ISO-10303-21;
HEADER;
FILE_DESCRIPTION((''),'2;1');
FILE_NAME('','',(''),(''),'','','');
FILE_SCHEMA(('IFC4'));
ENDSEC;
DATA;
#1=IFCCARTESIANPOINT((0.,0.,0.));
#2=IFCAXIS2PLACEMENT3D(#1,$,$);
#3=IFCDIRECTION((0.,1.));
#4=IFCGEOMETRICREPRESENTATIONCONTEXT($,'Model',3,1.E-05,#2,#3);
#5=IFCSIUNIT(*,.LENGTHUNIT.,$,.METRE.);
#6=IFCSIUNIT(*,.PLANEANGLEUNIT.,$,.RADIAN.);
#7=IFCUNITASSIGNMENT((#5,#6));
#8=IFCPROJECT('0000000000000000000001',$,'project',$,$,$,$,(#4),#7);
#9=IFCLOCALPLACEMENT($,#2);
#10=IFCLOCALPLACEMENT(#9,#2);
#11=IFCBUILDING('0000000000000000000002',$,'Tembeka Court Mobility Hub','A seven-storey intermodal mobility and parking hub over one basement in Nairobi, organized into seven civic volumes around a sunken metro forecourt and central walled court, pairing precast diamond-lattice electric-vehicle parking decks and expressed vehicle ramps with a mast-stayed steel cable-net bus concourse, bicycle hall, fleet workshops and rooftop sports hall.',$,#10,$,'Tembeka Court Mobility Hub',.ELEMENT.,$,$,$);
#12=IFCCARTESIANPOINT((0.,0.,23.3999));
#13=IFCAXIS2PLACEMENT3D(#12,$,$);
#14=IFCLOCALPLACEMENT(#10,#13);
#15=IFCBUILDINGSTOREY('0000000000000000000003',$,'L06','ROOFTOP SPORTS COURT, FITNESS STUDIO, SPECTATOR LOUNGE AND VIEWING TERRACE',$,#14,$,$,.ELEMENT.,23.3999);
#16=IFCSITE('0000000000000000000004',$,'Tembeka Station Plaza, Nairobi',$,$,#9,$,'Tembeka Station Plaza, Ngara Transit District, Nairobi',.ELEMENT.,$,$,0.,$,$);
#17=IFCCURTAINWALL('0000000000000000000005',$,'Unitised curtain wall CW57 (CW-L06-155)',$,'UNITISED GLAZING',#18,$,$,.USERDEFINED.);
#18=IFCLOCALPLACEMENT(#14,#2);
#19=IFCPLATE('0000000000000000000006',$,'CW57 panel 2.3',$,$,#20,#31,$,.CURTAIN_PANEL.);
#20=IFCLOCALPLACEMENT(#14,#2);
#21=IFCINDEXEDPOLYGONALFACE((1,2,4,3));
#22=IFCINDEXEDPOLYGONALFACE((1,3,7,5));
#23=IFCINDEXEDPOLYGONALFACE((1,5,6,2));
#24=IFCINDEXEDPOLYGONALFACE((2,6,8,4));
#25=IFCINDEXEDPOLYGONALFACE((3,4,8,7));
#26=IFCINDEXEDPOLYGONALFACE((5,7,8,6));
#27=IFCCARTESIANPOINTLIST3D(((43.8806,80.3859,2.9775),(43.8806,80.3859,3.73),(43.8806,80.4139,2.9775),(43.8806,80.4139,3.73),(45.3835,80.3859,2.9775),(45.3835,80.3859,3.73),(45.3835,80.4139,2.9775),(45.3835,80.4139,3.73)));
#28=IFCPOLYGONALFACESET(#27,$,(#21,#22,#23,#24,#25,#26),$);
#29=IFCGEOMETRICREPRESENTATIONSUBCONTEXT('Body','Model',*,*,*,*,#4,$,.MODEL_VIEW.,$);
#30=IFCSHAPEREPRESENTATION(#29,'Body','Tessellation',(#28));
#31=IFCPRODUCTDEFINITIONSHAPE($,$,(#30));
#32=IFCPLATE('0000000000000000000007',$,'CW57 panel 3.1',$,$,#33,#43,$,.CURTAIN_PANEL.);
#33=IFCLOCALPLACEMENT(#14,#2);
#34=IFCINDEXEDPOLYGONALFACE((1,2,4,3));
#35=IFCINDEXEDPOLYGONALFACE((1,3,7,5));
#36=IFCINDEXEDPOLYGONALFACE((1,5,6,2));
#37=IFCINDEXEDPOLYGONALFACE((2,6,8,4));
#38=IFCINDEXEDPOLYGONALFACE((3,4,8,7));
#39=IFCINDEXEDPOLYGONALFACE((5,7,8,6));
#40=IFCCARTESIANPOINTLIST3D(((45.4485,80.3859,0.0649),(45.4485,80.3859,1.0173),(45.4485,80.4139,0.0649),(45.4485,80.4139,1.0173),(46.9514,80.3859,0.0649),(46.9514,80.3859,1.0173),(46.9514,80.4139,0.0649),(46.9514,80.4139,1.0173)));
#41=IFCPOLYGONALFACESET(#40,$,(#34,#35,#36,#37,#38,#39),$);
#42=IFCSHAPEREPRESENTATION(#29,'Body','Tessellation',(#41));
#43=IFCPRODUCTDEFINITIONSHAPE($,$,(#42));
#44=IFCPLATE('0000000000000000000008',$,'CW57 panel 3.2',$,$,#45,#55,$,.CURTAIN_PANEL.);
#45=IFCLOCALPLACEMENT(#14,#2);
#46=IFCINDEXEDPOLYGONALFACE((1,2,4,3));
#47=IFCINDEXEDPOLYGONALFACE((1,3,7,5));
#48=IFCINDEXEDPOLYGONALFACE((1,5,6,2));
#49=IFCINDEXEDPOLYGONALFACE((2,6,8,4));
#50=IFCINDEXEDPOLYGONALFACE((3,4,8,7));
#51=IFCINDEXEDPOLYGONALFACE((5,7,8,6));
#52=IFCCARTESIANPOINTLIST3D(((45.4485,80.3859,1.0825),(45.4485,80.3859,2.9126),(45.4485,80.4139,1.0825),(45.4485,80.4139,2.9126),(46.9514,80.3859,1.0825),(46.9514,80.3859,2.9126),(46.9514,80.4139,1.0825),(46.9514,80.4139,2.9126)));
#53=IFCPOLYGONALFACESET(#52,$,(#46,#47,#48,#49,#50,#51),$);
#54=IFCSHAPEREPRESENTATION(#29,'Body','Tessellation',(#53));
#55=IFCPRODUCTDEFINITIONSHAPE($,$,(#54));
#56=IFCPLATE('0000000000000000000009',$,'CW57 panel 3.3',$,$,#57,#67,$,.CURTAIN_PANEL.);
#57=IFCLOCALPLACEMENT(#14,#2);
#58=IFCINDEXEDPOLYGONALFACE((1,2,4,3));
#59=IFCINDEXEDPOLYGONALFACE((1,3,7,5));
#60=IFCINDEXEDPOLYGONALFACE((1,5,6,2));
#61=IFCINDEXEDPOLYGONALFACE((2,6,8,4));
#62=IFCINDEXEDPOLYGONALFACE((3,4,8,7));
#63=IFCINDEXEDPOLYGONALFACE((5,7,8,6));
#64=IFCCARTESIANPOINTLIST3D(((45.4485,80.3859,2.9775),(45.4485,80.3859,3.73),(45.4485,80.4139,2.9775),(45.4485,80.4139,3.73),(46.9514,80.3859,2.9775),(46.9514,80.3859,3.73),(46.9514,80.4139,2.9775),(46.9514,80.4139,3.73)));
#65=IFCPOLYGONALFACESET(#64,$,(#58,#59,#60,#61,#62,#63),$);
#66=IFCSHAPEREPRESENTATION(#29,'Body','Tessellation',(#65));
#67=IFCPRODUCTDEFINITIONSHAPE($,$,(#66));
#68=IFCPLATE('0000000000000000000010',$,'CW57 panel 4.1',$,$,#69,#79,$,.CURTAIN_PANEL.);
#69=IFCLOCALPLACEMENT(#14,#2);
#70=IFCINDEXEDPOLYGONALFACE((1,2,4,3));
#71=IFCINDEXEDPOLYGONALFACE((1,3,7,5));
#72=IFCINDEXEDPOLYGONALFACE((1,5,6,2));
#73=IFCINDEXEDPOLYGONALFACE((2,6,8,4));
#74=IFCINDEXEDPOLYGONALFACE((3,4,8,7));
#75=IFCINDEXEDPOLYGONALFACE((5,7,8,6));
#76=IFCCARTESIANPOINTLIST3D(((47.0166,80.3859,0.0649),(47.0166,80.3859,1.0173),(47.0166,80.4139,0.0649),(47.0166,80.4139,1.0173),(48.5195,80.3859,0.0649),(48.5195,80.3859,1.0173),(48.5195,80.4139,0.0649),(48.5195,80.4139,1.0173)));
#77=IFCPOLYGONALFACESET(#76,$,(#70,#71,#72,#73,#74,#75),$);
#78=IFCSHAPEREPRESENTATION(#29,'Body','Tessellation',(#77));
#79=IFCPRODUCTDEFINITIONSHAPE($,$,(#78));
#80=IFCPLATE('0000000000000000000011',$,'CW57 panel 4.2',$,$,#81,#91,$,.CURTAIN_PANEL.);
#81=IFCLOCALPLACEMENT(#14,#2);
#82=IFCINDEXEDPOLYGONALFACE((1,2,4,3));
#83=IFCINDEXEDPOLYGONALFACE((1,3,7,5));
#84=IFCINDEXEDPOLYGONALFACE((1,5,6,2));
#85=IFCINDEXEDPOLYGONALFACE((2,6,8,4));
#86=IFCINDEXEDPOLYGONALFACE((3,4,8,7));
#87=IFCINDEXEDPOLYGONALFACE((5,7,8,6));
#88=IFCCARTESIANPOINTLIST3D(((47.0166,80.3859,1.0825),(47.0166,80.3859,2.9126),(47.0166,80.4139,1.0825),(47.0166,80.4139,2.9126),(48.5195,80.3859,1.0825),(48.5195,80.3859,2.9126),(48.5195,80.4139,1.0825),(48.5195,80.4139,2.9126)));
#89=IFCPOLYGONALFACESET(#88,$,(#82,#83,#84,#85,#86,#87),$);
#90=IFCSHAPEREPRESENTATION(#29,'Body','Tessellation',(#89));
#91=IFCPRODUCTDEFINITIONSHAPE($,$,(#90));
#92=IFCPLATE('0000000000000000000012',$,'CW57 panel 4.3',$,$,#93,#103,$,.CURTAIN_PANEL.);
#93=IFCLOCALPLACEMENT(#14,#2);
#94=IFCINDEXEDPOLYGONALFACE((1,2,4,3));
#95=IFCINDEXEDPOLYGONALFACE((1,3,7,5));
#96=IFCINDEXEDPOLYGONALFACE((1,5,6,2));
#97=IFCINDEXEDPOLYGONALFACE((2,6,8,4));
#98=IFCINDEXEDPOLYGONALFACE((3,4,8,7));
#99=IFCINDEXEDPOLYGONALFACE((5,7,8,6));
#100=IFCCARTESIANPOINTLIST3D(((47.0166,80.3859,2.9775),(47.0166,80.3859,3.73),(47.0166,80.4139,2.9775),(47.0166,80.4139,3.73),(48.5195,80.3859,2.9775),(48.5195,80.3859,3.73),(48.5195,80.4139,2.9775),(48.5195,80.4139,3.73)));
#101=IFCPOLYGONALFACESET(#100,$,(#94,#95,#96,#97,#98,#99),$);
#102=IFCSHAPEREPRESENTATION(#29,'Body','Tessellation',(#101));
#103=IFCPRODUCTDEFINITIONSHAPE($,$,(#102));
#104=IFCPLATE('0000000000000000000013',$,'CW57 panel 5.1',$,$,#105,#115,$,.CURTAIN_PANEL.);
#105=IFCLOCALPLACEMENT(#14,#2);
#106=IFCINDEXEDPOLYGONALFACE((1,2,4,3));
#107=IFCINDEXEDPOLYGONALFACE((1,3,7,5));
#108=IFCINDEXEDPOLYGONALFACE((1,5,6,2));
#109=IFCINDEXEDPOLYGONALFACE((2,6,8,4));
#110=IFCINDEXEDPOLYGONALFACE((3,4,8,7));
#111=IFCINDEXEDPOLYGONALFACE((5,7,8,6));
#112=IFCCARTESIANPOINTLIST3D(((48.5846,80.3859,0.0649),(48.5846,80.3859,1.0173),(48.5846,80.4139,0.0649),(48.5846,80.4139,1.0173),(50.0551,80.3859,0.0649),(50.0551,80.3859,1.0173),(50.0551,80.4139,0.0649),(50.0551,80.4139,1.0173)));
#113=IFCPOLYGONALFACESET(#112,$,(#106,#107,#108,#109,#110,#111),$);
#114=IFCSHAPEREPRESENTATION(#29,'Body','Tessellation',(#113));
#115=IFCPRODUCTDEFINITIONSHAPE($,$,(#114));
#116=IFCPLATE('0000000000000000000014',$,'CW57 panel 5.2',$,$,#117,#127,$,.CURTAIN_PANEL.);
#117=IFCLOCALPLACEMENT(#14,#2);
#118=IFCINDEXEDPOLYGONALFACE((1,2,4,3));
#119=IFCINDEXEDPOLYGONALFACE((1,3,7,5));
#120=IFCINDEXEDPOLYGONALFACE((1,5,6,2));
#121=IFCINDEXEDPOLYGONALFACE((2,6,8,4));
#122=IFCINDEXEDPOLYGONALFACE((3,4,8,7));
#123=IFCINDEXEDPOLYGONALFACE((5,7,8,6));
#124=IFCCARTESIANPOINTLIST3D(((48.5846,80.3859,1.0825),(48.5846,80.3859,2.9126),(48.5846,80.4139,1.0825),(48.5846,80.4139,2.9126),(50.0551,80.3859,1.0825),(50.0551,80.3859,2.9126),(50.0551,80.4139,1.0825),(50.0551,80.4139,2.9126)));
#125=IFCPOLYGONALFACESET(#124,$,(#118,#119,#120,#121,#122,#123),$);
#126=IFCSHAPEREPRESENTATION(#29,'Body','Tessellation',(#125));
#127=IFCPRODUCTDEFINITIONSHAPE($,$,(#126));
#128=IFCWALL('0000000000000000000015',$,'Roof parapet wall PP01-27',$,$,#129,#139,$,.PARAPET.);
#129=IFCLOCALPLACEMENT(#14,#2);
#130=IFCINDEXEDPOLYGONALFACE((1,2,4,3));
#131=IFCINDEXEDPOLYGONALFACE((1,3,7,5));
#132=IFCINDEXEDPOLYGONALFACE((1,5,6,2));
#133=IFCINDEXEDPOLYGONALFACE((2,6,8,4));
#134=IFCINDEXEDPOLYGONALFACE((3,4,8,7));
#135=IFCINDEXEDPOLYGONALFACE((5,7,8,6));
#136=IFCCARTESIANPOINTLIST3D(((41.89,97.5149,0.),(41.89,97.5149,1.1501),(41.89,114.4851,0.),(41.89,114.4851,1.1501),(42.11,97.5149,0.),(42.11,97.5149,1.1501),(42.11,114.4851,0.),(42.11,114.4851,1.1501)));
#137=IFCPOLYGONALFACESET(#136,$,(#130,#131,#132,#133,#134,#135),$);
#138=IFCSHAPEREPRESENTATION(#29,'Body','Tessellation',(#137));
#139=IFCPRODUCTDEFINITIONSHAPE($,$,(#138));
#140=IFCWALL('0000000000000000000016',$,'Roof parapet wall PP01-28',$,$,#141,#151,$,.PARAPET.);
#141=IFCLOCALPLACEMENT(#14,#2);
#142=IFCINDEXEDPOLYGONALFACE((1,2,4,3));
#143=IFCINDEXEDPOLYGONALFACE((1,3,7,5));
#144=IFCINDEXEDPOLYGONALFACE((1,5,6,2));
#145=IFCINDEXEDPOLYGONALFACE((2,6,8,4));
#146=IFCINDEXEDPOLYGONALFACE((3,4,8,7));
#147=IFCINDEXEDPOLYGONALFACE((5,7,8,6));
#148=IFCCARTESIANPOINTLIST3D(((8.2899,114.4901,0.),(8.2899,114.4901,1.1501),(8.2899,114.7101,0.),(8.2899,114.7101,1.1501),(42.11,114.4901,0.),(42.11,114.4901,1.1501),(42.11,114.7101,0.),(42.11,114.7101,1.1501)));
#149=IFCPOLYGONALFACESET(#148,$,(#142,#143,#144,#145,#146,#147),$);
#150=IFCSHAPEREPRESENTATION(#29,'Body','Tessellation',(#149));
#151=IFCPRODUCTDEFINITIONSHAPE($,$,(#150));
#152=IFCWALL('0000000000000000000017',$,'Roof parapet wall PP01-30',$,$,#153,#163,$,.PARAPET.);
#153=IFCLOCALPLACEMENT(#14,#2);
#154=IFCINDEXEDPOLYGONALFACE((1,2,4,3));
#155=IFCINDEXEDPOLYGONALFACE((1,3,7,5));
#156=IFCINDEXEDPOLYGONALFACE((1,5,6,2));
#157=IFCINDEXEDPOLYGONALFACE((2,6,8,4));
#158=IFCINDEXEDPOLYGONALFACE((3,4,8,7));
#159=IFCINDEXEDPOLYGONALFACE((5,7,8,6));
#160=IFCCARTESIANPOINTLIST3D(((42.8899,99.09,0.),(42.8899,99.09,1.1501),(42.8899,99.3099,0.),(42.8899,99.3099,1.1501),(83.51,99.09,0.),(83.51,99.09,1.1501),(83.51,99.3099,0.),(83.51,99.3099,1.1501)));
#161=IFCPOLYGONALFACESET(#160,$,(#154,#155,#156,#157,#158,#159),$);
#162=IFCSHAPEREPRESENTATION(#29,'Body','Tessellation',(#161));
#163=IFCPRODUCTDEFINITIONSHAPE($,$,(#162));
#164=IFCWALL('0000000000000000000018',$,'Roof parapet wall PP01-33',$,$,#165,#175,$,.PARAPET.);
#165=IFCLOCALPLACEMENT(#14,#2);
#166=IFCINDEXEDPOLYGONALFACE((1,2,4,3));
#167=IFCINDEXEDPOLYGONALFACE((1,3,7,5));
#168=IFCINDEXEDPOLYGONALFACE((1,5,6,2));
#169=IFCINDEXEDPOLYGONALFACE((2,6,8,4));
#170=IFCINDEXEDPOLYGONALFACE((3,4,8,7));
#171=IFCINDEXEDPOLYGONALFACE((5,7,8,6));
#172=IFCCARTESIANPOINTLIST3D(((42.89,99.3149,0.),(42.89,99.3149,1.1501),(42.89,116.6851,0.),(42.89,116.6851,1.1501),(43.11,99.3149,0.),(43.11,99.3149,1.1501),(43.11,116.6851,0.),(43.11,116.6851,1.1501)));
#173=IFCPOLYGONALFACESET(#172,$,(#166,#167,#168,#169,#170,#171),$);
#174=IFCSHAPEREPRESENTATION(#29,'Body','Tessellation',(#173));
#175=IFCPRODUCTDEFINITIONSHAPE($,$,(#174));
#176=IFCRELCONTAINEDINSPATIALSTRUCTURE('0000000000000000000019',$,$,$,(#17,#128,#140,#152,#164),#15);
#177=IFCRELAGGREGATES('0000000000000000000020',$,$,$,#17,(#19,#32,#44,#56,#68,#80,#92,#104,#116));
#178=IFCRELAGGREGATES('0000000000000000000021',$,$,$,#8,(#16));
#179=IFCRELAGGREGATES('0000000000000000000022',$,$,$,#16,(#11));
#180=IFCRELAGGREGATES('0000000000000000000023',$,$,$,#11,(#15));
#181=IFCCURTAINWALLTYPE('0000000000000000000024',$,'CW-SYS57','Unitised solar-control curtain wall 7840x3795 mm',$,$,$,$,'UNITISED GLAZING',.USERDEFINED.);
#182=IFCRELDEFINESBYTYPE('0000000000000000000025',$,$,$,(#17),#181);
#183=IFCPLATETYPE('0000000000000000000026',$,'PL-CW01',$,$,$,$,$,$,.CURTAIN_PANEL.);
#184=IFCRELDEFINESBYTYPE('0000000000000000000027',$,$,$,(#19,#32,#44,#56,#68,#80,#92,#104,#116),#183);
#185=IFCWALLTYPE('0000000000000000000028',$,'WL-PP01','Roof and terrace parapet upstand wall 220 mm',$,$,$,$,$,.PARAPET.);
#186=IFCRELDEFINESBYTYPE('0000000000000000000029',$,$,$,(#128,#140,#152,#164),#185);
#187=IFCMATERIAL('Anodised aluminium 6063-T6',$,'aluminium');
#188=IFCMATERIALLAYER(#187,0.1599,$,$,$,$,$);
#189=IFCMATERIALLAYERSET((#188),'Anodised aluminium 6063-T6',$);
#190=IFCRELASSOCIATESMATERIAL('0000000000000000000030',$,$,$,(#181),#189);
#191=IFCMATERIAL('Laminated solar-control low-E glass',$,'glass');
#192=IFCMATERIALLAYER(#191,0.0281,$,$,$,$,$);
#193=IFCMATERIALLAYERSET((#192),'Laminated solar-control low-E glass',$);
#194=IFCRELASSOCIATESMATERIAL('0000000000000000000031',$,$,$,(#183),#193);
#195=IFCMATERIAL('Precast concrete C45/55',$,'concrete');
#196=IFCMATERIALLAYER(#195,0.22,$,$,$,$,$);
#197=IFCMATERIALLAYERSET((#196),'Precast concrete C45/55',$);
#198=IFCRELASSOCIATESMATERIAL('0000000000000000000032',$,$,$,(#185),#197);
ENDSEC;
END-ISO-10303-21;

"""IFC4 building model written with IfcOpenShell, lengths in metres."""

from ifc_helpers import new_model, si_unit, direction, frame, frame_2d, origin, origin_2d, place, context, subcontext, project, spatial, rectangle, extrude, material, layer, layer_set, type_object, element, aggregate, save


model = new_model("IFC4")

# Units and contexts
model_context = context("Model", 3, precision=1e-05, world=origin(), true_north=direction((0.0, 1.0)))
body_context = subcontext(model_context, "Body", "Model", "MODEL_VIEW")
ifc_project = project(units=[si_unit("LENGTHUNIT", "METRE"), si_unit("PLANEANGLEUNIT", "RADIAN")], contexts=[model_context])

# Site, building, storey
site_placement = place(None, origin())
site = spatial("IfcSite", under=ifc_project, at=site_placement, Name="Tembeka Station Plaza, Nairobi", LongName="Tembeka Station Plaza, Ngara Transit District, Nairobi", CompositionType="ELEMENT", RefElevation=0.0)
building_placement = place(site_placement, origin())
building = spatial("IfcBuilding", under=site, at=building_placement, Name="Tembeka Court Mobility Hub", Description="A seven-storey intermodal mobility and parking hub over one basement in Nairobi, organized into seven civic volumes around a sunken metro forecourt and central walled court, pairing precast diamond-lattice electric-vehicle parking decks and expressed vehicle ramps with a mast-stayed steel cable-net bus concourse, bicycle hall, fleet workshops and rooftop sports hall.", LongName="Tembeka Court Mobility Hub", CompositionType="ELEMENT")
storey_placement = place(building_placement, frame((0.0, 0.0, 23.3999)))
storey = spatial("IfcBuildingStorey", under=building, at=storey_placement, Name="L06", Description="ROOFTOP SPORTS COURT, FITNESS STUDIO, SPECTATOR LOUNGE AND VIEWING TERRACE", CompositionType="ELEMENT", Elevation=23.3999)

# Shared definitions
ifc_material_1 = material(Name="Precast concrete C45/55", Category="concrete")

# Curtain wall, plates
ifc_material_2 = material(Name="Anodised aluminium 6063-T6", Category="aluminium")
ifc_layer_1 = layer(ifc_material_2, 0.1599)
ifc_layer_set_1 = layer_set([ifc_layer_1], Name="Anodised aluminium 6063-T6")
curtain_wall_type = type_object("IfcCurtainWallType", Name="CW-SYS57", Description="Unitised solar-control curtain wall 7840x3795 mm", ElementType="UNITISED GLAZING", PredefinedType="USERDEFINED", material=ifc_layer_set_1)
curtain_wall_placement = place(storey_placement, origin())
curtain_wall = element("IfcCurtainWall", 1, at=curtain_wall_placement, inside=storey, type_object=curtain_wall_type, Name="Unitised curtain wall CW57 (CW-L06-155)", ObjectType="UNITISED GLAZING", PredefinedType="USERDEFINED")
ifc_material_3 = material(Name="Laminated solar-control low-E glass", Category="glass")
ifc_layer_2 = layer(ifc_material_3, 0.0281)
ifc_layer_set_2 = layer_set([ifc_layer_2], Name="Laminated solar-control low-E glass")
plate_type = type_object("IfcPlateType", Name="PL-CW01", PredefinedType="CURTAIN_PANEL", material=ifc_layer_set_2)
plate_1_placement = place(storey_placement, frame((44.6321, 80.3999, 2.9775), z_axis=(0.0, 0.0, 1.0), x_axis=(1.0, 0.0, 0.0)))
plate_1 = element("IfcPlate", 2, at=plate_1_placement, type_object=plate_type, Name="CW57 panel 2.3", PredefinedType="CURTAIN_PANEL", context=body_context, shape_type="SweptSolid", body=[
    extrude(rectangle(XDim=1.5029, YDim=0.0281, at=origin_2d()), origin(), (0.0, 0.0, 1.0), 0.7524),
])
plate_2_placement = place(storey_placement, frame((46.2, 80.3999, 0.0649), z_axis=(0.0, 0.0, 1.0), x_axis=(1.0, 0.0, 0.0)))
plate_2 = element("IfcPlate", 3, at=plate_2_placement, type_object=plate_type, Name="CW57 panel 3.1", PredefinedType="CURTAIN_PANEL", context=body_context, shape_type="SweptSolid", body=[
    extrude(rectangle(XDim=1.5029, YDim=0.0281, at=origin_2d()), origin(), (0.0, 0.0, 1.0), 0.9524),
])
plate_3_placement = place(storey_placement, frame((46.2, 80.3999, 1.0825), z_axis=(0.0, 0.0, 1.0), x_axis=(1.0, 0.0, 0.0)))
plate_3 = element("IfcPlate", 4, at=plate_3_placement, type_object=plate_type, Name="CW57 panel 3.2", PredefinedType="CURTAIN_PANEL", context=body_context, shape_type="SweptSolid", body=[
    extrude(rectangle(XDim=1.5029, YDim=0.0281, at=origin_2d()), origin(), (0.0, 0.0, 1.0), 1.8301),
])
plate_4_placement = place(storey_placement, frame((46.2, 80.3999, 2.9775), z_axis=(0.0, 0.0, 1.0), x_axis=(1.0, 0.0, 0.0)))
plate_4 = element("IfcPlate", 5, at=plate_4_placement, type_object=plate_type, Name="CW57 panel 3.3", PredefinedType="CURTAIN_PANEL", context=body_context, shape_type="SweptSolid", body=[
    extrude(rectangle(XDim=1.5029, YDim=0.0281, at=origin_2d()), origin(), (0.0, 0.0, 1.0), 0.7524),
])
plate_5_placement = place(storey_placement, frame((47.7681, 80.3999, 0.0649), z_axis=(0.0, 0.0, 1.0), x_axis=(1.0, 0.0, 0.0)))
plate_5 = element("IfcPlate", 6, at=plate_5_placement, type_object=plate_type, Name="CW57 panel 4.1", PredefinedType="CURTAIN_PANEL", context=body_context, shape_type="SweptSolid", body=[
    extrude(rectangle(XDim=1.5029, YDim=0.0281, at=origin_2d()), origin(), (0.0, 0.0, 1.0), 0.9524),
])
plate_6_placement = place(storey_placement, frame((47.7681, 80.3999, 1.0825), z_axis=(0.0, 0.0, 1.0), x_axis=(1.0, 0.0, 0.0)))
plate_6 = element("IfcPlate", 7, at=plate_6_placement, type_object=plate_type, Name="CW57 panel 4.2", PredefinedType="CURTAIN_PANEL", context=body_context, shape_type="SweptSolid", body=[
    extrude(rectangle(XDim=1.5029, YDim=0.0281, at=origin_2d()), origin(), (0.0, 0.0, 1.0), 1.8301),
])
plate_7_placement = place(storey_placement, frame((47.7681, 80.3999, 2.9775), z_axis=(0.0, 0.0, 1.0), x_axis=(1.0, 0.0, 0.0)))
plate_7 = element("IfcPlate", 8, at=plate_7_placement, type_object=plate_type, Name="CW57 panel 4.3", PredefinedType="CURTAIN_PANEL", context=body_context, shape_type="SweptSolid", body=[
    extrude(rectangle(XDim=1.5029, YDim=0.0281, at=origin_2d()), origin(), (0.0, 0.0, 1.0), 0.7524),
])
plate_8_placement = place(storey_placement, frame((49.3198, 80.3999, 0.0649), z_axis=(0.0, 0.0, 1.0), x_axis=(1.0, 0.0, 0.0)))
plate_8 = element("IfcPlate", 9, at=plate_8_placement, type_object=plate_type, Name="CW57 panel 5.1", PredefinedType="CURTAIN_PANEL", context=body_context, shape_type="SweptSolid", body=[
    extrude(rectangle(XDim=1.4705, YDim=0.0281, at=origin_2d()), origin(), (0.0, 0.0, 1.0), 0.9524),
])
plate_9_placement = place(storey_placement, frame((49.3198, 80.3999, 1.0825), z_axis=(0.0, 0.0, 1.0), x_axis=(1.0, 0.0, 0.0)))
plate_9 = element("IfcPlate", 10, at=plate_9_placement, type_object=plate_type, Name="CW57 panel 5.2", PredefinedType="CURTAIN_PANEL", context=body_context, shape_type="SweptSolid", body=[
    extrude(rectangle(XDim=1.4705, YDim=0.0281, at=origin_2d()), origin(), (0.0, 0.0, 1.0), 1.8301),
])
aggregate(curtain_wall, [plate_1, plate_2, plate_3, plate_4, plate_5, plate_6, plate_7, plate_8, plate_9])

# Walls
ifc_layer_3 = layer(ifc_material_1, 0.22)
ifc_layer_set_3 = layer_set([ifc_layer_3], Name="Precast concrete C45/55")
wall_type = type_object("IfcWallType", Name="WL-PP01", Description="Roof and terrace parapet upstand wall 220 mm", PredefinedType="PARAPET", material=ifc_layer_set_3)
wall_1_placement = place(storey_placement, frame((42.0, 97.5149, 0.0), z_axis=(0.0, 0.0, 1.0), x_axis=(0.0, 1.0, 0.0)))
element("IfcWall", 11, at=wall_1_placement, inside=storey, type_object=wall_type, Name="Roof parapet wall PP01-27", PredefinedType="PARAPET", context=body_context, shape_type="SweptSolid", body=[
    extrude(rectangle(XDim=16.9702, YDim=0.22, at=frame_2d((8.4851, 0.0))), origin(), (0.0, 0.0, 1.0), 1.1501),
])
wall_2_placement = place(storey_placement, frame((42.1101, 114.6001, 0.0), z_axis=(0.0, 0.0, 1.0), x_axis=(-1.0, 0.0, 0.0)))
element("IfcWall", 12, at=wall_2_placement, inside=storey, type_object=wall_type, Name="Roof parapet wall PP01-28", PredefinedType="PARAPET", context=body_context, shape_type="SweptSolid", body=[
    extrude(rectangle(XDim=33.8201, YDim=0.22, at=frame_2d((16.9102, 0.0))), origin(), (0.0, 0.0, 1.0), 1.1501),
])
wall_3_placement = place(storey_placement, frame((42.8899, 99.2, 0.0), z_axis=(0.0, 0.0, 1.0), x_axis=(1.0, 0.0, 0.0)))
element("IfcWall", 13, at=wall_3_placement, inside=storey, type_object=wall_type, Name="Roof parapet wall PP01-30", PredefinedType="PARAPET", context=body_context, shape_type="SweptSolid", body=[
    extrude(rectangle(XDim=40.6201, YDim=0.22, at=frame_2d((20.3101, 0.0))), origin(), (0.0, 0.0, 1.0), 1.1501),
])
wall_4_placement = place(storey_placement, frame((43.0, 116.6851, 0.0), z_axis=(0.0, 0.0, 1.0), x_axis=(0.0, -1.0, 0.0)))
element("IfcWall", 14, at=wall_4_placement, inside=storey, type_object=wall_type, Name="Roof parapet wall PP01-33", PredefinedType="PARAPET", context=body_context, shape_type="SweptSolid", body=[
    extrude(rectangle(XDim=17.3701, YDim=0.22, at=frame_2d((8.6851, 0.0))), origin(), (0.0, 0.0, 1.0), 1.1501),
])

save(model, "model.ifc")
